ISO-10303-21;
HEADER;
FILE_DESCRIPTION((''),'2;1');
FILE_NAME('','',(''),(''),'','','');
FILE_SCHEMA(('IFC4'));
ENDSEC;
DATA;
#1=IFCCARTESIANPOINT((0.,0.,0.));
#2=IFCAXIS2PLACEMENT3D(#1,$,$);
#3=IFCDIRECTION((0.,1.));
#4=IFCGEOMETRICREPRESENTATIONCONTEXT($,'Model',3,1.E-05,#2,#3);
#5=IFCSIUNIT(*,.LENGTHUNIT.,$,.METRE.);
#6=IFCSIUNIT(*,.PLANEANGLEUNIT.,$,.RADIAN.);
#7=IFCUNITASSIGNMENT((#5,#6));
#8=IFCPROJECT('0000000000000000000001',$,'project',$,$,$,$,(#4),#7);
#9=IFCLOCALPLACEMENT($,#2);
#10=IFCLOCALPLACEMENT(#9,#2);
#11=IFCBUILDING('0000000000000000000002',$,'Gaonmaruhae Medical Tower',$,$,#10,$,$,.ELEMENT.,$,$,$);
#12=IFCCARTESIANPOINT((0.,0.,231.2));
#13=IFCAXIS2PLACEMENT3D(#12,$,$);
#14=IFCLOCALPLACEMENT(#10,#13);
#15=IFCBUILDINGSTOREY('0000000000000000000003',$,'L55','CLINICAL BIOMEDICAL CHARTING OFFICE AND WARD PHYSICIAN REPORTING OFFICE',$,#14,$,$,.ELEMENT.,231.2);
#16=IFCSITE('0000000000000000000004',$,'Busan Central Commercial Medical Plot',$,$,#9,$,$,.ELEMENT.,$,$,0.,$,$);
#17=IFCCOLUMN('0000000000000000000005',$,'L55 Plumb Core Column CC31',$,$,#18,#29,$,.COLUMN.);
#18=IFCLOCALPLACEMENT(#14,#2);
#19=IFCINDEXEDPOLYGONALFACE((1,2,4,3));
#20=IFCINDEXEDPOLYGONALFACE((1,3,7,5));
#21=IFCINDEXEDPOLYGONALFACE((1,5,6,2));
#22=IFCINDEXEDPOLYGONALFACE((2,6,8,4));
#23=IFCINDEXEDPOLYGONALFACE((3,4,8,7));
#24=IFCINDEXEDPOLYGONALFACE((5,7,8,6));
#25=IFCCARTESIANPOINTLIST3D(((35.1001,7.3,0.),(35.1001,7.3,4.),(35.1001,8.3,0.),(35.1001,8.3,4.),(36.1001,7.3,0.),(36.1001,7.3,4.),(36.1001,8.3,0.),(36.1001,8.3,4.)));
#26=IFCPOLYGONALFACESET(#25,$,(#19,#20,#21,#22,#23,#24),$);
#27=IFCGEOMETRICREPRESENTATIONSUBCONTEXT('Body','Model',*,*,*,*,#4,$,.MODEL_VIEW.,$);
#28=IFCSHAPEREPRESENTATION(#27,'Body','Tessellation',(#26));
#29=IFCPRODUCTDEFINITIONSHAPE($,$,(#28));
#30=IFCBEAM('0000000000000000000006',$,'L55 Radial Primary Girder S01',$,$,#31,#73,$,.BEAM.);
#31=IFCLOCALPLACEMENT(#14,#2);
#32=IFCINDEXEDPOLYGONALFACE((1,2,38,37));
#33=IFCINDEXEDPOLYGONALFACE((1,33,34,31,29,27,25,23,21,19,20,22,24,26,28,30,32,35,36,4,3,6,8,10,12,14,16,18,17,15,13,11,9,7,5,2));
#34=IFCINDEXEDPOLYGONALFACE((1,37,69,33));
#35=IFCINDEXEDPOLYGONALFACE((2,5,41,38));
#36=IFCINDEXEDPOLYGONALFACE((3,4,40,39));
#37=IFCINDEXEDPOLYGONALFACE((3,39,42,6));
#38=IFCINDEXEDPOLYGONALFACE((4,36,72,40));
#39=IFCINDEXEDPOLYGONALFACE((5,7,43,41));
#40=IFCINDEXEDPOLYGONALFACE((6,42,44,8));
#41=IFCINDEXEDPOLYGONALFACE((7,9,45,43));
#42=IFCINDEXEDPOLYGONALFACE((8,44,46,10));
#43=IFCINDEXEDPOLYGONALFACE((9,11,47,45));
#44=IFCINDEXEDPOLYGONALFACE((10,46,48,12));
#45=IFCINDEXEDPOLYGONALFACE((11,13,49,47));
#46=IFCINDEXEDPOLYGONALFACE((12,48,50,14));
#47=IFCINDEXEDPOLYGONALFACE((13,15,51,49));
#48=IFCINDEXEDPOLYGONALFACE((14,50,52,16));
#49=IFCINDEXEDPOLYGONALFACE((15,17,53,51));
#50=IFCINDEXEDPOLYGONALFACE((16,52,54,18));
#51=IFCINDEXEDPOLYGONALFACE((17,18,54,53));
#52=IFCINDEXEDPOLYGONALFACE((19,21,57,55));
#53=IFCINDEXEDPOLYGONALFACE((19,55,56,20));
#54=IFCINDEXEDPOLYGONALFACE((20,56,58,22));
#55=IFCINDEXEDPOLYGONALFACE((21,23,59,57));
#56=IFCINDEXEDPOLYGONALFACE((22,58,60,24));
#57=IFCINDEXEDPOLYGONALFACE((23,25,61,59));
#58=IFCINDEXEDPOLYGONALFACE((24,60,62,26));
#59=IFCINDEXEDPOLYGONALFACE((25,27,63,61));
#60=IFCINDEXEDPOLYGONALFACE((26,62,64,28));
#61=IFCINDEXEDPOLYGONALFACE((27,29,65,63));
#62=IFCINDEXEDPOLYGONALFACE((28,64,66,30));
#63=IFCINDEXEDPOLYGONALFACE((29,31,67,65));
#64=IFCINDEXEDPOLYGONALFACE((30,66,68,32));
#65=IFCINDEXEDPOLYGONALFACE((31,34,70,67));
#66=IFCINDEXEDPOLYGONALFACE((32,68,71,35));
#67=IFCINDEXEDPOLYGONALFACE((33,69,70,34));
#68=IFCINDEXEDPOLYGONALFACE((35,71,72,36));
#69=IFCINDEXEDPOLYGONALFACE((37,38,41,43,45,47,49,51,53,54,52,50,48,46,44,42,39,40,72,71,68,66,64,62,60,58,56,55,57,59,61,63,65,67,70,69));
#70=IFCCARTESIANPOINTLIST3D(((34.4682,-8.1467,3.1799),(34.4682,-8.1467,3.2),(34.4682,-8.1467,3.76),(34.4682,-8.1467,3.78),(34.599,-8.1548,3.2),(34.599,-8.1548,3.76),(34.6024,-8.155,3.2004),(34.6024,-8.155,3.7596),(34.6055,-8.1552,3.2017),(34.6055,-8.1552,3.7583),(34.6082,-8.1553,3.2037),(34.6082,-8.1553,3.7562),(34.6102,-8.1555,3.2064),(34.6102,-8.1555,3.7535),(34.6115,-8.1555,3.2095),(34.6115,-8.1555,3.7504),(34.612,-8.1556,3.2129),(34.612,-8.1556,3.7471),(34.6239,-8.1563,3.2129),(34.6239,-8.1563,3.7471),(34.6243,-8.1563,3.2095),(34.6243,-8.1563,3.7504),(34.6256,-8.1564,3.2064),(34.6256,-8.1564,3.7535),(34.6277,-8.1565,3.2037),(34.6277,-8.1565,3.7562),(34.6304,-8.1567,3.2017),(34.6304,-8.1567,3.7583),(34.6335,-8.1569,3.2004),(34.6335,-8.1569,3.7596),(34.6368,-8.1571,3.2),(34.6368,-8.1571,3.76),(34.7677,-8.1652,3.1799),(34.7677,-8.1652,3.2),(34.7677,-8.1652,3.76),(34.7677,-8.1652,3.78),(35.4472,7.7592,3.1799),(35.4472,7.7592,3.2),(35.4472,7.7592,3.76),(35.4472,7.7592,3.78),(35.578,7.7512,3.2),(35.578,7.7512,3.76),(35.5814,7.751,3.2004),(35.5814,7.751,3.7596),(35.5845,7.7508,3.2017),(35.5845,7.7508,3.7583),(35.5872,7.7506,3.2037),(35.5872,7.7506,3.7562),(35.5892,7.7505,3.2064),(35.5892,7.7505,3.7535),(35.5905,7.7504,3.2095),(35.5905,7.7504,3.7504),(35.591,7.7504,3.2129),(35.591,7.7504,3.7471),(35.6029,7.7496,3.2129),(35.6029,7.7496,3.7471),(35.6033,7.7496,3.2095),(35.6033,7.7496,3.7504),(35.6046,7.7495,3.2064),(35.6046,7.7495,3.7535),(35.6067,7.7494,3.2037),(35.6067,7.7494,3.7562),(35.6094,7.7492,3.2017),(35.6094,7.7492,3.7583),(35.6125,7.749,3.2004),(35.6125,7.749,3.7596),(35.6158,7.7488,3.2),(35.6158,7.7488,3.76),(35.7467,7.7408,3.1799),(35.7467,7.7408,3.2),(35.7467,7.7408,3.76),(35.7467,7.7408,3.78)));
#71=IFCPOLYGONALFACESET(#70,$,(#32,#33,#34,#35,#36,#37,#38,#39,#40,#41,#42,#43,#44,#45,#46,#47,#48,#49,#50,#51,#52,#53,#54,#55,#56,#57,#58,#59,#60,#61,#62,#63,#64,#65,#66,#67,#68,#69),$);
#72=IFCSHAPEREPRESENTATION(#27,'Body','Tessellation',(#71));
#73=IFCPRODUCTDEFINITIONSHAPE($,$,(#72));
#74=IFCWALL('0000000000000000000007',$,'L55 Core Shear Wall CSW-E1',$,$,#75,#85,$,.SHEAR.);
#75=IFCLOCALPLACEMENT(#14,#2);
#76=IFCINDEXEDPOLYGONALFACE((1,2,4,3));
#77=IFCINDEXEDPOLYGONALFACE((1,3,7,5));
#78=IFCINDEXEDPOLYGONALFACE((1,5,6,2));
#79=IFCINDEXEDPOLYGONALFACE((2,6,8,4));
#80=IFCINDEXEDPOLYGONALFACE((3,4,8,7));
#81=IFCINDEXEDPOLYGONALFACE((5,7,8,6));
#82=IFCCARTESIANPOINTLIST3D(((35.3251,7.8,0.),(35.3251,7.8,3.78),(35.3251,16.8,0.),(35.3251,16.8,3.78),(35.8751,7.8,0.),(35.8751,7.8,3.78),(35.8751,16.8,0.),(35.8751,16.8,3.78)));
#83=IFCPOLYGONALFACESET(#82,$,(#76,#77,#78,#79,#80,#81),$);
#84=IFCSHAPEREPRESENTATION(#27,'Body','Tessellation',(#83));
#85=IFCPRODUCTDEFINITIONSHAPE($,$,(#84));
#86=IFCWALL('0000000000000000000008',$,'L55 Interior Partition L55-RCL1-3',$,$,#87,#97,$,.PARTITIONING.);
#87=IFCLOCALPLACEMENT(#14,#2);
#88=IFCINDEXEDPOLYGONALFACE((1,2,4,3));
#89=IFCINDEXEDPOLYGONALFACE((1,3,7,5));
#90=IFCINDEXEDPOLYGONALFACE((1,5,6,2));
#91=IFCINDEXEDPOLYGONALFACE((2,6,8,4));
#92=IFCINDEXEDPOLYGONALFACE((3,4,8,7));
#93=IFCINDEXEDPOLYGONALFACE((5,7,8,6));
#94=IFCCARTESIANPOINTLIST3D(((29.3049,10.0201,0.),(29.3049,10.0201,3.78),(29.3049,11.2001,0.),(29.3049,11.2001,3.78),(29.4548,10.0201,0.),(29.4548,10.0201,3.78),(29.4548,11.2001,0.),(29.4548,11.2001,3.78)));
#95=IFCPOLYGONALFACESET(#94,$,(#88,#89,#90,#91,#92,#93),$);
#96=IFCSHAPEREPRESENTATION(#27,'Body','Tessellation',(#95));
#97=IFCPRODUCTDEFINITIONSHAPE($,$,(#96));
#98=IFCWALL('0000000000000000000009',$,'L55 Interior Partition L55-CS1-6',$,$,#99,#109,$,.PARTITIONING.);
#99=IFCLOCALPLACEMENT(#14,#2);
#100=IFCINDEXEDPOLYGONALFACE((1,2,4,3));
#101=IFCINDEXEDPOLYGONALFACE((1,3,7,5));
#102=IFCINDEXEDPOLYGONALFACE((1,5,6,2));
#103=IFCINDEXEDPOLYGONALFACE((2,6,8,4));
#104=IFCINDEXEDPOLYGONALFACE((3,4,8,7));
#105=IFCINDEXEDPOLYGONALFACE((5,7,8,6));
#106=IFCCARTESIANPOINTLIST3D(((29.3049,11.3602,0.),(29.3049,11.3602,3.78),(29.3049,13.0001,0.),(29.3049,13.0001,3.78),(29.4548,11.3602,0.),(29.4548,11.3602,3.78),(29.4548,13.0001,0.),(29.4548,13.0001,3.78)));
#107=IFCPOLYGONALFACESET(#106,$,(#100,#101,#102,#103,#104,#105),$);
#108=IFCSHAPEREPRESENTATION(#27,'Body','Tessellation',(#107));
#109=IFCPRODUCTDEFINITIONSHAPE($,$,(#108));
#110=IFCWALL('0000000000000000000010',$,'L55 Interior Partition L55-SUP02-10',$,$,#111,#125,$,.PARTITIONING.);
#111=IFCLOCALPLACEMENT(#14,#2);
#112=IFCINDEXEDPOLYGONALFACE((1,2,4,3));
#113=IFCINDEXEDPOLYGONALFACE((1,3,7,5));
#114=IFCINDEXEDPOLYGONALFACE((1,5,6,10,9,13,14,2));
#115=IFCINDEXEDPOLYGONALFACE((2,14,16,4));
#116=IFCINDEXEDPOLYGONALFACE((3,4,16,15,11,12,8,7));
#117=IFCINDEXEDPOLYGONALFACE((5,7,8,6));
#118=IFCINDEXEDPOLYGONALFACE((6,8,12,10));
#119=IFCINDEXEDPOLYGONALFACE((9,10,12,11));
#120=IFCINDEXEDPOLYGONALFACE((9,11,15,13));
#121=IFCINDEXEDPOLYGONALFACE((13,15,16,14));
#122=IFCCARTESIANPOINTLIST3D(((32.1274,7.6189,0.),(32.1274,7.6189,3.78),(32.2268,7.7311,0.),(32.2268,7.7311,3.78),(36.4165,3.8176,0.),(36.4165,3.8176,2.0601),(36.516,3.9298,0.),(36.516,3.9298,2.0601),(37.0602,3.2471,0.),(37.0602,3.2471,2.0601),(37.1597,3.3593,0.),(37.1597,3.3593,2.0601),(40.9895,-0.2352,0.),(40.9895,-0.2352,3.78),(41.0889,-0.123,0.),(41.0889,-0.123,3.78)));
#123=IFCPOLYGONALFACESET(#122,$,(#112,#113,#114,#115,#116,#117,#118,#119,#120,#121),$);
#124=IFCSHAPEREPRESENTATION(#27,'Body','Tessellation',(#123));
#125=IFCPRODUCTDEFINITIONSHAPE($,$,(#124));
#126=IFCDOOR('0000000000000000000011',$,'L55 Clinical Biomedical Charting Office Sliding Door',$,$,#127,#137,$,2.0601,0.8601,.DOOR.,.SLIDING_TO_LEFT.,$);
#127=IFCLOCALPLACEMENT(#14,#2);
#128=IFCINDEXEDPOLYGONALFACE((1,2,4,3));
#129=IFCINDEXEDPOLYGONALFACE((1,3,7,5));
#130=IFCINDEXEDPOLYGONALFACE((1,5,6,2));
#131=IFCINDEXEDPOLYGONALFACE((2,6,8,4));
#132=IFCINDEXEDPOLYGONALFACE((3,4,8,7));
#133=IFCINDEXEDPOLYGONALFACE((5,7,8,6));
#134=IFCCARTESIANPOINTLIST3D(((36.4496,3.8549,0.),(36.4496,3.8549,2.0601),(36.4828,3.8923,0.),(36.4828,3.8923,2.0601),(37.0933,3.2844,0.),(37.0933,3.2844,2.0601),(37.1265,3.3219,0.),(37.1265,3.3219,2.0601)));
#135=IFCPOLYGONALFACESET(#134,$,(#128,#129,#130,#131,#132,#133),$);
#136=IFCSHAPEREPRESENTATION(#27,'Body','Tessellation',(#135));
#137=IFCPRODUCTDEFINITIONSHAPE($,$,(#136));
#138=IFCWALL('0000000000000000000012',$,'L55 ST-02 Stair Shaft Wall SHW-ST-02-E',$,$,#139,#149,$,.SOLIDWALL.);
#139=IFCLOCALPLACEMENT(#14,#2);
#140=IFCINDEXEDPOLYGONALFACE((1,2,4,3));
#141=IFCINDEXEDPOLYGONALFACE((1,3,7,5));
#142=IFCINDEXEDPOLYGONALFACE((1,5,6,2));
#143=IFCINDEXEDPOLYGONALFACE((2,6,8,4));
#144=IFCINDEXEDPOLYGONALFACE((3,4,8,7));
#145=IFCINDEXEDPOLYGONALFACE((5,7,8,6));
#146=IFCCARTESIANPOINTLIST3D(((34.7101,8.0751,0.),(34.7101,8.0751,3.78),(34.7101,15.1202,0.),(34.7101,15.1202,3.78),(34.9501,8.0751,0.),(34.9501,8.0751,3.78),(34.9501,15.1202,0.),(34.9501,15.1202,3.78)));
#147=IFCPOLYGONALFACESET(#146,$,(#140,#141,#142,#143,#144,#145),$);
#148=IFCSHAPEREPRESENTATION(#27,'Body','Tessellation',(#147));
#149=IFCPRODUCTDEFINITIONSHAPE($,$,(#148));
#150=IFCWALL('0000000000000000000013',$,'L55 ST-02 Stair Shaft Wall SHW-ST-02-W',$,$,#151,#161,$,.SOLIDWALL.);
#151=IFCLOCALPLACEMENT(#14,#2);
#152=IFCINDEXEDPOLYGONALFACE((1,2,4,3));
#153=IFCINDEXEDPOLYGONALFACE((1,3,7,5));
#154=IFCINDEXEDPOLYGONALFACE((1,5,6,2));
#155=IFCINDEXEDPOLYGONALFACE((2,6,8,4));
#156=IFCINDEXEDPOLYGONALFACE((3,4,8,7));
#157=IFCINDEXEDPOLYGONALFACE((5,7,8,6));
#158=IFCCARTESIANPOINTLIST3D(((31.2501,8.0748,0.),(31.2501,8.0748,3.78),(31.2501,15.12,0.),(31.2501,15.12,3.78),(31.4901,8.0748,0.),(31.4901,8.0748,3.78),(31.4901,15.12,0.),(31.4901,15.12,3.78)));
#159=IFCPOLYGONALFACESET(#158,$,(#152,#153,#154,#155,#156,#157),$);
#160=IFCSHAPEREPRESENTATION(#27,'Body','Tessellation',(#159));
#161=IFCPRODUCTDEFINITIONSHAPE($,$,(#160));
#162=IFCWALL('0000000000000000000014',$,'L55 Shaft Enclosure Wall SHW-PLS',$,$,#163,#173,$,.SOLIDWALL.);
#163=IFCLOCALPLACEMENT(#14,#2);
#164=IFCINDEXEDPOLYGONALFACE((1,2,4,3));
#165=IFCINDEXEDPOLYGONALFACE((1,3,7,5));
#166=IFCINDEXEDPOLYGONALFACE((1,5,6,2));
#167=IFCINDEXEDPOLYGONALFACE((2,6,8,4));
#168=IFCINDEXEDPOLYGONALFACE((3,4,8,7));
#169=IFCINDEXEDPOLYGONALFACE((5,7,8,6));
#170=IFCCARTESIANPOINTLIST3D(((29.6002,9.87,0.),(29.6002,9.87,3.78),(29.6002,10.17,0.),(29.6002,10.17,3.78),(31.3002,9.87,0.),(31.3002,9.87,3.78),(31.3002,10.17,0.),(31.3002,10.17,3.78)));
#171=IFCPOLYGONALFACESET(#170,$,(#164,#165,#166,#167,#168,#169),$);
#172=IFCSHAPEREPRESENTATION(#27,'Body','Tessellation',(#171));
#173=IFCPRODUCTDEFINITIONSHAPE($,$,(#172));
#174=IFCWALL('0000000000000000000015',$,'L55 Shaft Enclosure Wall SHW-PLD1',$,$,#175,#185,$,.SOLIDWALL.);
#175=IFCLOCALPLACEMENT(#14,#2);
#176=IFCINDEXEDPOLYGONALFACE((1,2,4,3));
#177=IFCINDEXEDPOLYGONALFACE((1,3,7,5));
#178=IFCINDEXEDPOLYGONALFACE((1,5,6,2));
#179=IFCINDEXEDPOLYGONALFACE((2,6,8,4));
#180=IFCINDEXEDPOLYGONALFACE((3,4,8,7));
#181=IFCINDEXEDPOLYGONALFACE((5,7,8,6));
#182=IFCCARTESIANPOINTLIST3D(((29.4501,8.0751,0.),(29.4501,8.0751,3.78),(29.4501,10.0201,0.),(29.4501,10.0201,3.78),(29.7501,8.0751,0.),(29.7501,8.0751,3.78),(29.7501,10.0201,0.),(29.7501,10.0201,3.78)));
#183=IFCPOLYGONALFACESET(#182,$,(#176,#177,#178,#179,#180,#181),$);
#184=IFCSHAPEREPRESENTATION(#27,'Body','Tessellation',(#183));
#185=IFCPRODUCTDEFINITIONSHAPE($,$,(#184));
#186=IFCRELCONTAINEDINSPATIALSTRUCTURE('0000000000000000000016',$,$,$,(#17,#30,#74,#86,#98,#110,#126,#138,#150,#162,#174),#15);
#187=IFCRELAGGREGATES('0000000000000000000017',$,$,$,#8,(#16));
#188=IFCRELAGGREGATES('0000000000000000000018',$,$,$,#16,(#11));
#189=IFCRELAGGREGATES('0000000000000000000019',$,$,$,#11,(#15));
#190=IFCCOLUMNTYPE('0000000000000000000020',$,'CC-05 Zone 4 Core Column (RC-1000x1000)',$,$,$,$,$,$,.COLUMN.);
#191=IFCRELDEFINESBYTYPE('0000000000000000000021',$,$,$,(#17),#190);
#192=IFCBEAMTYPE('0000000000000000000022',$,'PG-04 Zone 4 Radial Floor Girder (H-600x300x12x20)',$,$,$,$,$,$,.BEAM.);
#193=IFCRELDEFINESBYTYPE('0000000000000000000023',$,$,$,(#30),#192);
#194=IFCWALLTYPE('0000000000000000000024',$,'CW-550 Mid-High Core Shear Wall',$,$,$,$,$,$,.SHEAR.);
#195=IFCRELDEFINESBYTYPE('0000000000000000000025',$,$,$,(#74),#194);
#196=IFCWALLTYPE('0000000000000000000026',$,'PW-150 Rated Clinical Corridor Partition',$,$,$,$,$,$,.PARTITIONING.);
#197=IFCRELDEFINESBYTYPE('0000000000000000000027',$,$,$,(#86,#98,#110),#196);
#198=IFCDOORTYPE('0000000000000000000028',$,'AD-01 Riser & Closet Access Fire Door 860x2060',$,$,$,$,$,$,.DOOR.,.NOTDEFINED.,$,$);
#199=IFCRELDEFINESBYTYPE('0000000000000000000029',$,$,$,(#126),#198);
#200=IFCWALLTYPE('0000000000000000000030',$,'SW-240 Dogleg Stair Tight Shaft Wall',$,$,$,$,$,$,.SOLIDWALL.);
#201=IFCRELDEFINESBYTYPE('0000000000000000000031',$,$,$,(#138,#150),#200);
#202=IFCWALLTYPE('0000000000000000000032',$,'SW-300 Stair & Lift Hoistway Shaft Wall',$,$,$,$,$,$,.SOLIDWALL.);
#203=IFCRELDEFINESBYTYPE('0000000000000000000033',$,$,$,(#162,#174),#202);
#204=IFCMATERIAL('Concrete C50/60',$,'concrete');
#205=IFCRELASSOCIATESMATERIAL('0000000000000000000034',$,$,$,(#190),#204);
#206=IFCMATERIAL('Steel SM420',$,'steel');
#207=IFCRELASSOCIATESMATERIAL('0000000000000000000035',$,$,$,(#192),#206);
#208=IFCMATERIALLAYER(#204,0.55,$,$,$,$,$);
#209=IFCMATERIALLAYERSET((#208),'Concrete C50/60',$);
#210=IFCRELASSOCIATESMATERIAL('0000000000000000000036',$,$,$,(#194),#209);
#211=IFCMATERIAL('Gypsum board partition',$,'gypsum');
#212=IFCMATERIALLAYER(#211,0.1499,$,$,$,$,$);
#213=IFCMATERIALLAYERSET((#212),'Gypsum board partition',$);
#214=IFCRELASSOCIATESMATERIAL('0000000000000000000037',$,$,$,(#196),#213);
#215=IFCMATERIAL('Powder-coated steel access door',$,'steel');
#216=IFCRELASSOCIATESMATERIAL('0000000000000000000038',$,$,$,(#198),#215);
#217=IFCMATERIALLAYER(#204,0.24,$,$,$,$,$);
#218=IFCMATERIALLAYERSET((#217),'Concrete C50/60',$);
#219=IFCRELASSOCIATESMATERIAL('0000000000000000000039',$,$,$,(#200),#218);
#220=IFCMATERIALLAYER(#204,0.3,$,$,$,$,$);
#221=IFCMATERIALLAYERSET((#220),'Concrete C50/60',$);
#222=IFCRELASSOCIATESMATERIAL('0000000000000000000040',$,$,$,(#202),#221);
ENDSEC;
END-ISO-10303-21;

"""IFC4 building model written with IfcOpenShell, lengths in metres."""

from ifc_helpers import new_model, si_unit, direction, frame, frame_2d, origin, origin_2d, place, context, subcontext, project, spatial, rectangle, i_section, extrude, material, layer, layer_set, material_profile, profile_set, type_object, element, fill, save


model = new_model("IFC4")

# Units and contexts
model_context = context("Model", 3, precision=1e-05, world=origin(), true_north=direction((0.0, 1.0)))
body_context = subcontext(model_context, "Body", "Model", "MODEL_VIEW")
ifc_project = project(units=[si_unit("LENGTHUNIT", "METRE"), si_unit("PLANEANGLEUNIT", "RADIAN")], contexts=[model_context])

# Site, building, storey
site_placement = place(None, origin())
site = spatial("IfcSite", under=ifc_project, at=site_placement, Name="Busan Central Commercial Medical Plot", CompositionType="ELEMENT", RefElevation=0.0)
building_placement = place(site_placement, origin())
building = spatial("IfcBuilding", under=site, at=building_placement, Name="Gaonmaruhae Medical Tower", CompositionType="ELEMENT")
storey_placement = place(building_placement, frame((0.0, 0.0, 231.2)))
storey = spatial("IfcBuildingStorey", under=building, at=storey_placement, Name="L55", Description="CLINICAL BIOMEDICAL CHARTING OFFICE AND WARD PHYSICIAN REPORTING OFFICE", CompositionType="ELEMENT", Elevation=231.2)

# Column
ifc_material_1 = material(Name="Concrete C50/60", Category="concrete")
ifc_material_profile_1 = material_profile(ifc_material_1, rectangle(XDim=1.0, YDim=1.0, at=origin_2d()), Name="RC-1000x1000")
ifc_profile_set_1 = profile_set([ifc_material_profile_1], Name="Concrete C50/60")
column_type = type_object("IfcColumnType", Name="CC-05 Zone 4 Core Column (RC-1000x1000)", PredefinedType="COLUMN", material=ifc_profile_set_1)
column_placement = place(storey_placement, frame((35.6001, 7.8, 0.0), z_axis=(0.0, 0.0, 1.0), x_axis=(1.0, 0.0, 0.0)))
element("IfcColumn", 1, at=column_placement, inside=storey, type_object=column_type, Name="L55 Plumb Core Column CC31", PredefinedType="COLUMN", context=body_context, shape_type="SweptSolid", body=[
    extrude(rectangle(XDim=1.0, YDim=1.0, at=origin_2d()), origin(), (0.0, 0.0, 1.0), 4.0),
])

# Beam
ifc_material_2 = material(Name="Steel SM420", Category="steel")
ifc_material_profile_2 = material_profile(ifc_material_2, i_section(OverallWidth=0.3, OverallDepth=0.6001, WebThickness=0.012, FlangeThickness=0.02, FilletRadius=0.0129, at=origin_2d()), Name="H-600x300x12x20")
ifc_profile_set_2 = profile_set([ifc_material_profile_2], Name="Steel SM420")
beam_type = type_object("IfcBeamType", Name="PG-04 Zone 4 Radial Floor Girder (H-600x300x12x20)", PredefinedType="BEAM", material=ifc_profile_set_2)
beam_placement = place(storey_placement, frame((35.5969, 7.75, 3.48), z_axis=(-0.061433, -0.998111, 0.0), x_axis=(0.998111, -0.061433, 0.0)))
element("IfcBeam", 2, at=beam_placement, inside=storey, type_object=beam_type, Name="L55 Radial Primary Girder S01", PredefinedType="BEAM", context=body_context, shape_type="SweptSolid", body=[
    extrude(i_section(OverallWidth=0.3, OverallDepth=0.6001, WebThickness=0.012, FlangeThickness=0.02, FilletRadius=0.0129, at=origin_2d()), origin(), (0.0, 0.0, 1.0), 15.936),
])

# Walls
ifc_layer_1 = layer(ifc_material_1, 0.55)
ifc_layer_set_1 = layer_set([ifc_layer_1], Name="Concrete C50/60")
wall_type_1 = type_object("IfcWallType", Name="CW-550 Mid-High Core Shear Wall", PredefinedType="SHEAR", material=ifc_layer_set_1)
wall_1_placement = place(storey_placement, frame((35.6001, 7.8, 0.0), z_axis=(0.0, 0.0, 1.0), x_axis=(0.0, 1.0, 0.0)))
element("IfcWall", 3, at=wall_1_placement, inside=storey, type_object=wall_type_1, Name="L55 Core Shear Wall CSW-E1", PredefinedType="SHEAR", context=body_context, shape_type="SweptSolid", body=[
    extrude(rectangle(XDim=9.0, YDim=0.55, at=frame_2d((4.5, 0.0))), origin(), (0.0, 0.0, 1.0), 3.78),
])
ifc_material_3 = material(Name="Gypsum board partition", Category="gypsum")
ifc_layer_2 = layer(ifc_material_3, 0.1499)
ifc_layer_set_2 = layer_set([ifc_layer_2], Name="Gypsum board partition")
wall_type_2 = type_object("IfcWallType", Name="PW-150 Rated Clinical Corridor Partition", PredefinedType="PARTITIONING", material=ifc_layer_set_2)
wall_2_placement = place(storey_placement, frame((29.3799, 11.2, 0.0), z_axis=(0.0, 0.0, 1.0), x_axis=(0.0, -1.0, 0.0)))
element("IfcWall", 4, at=wall_2_placement, inside=storey, type_object=wall_type_2, Name="L55 Interior Partition L55-RCL1-3", PredefinedType="PARTITIONING", context=body_context, shape_type="SweptSolid", body=[
    extrude(rectangle(XDim=1.1799, YDim=0.1499, at=frame_2d((0.5898, 0.0))), origin(), (0.0, 0.0, 1.0), 3.78),
])
wall_3_placement = place(storey_placement, frame((29.3799, 13.0, 0.0), z_axis=(0.0, 0.0, 1.0), x_axis=(0.0, -1.0, 0.0)))
element("IfcWall", 5, at=wall_3_placement, inside=storey, type_object=wall_type_2, Name="L55 Interior Partition L55-CS1-6", PredefinedType="PARTITIONING", context=body_context, shape_type="SweptSolid", body=[
    extrude(rectangle(XDim=1.6399, YDim=0.1499, at=frame_2d((0.8198, 0.0))), origin(), (0.0, 0.0, 1.0), 3.78),
])

# Wall, opening, door
wall_4_placement = place(storey_placement, frame((32.177, 7.675, 0.0), z_axis=(0.0, 0.0, 1.0), x_axis=(0.748389, -0.66326, 0.0)))
wall_4 = element("IfcWall", 6, at=wall_4_placement, inside=storey, type_object=wall_type_2, Name="L55 Interior Partition L55-SUP02-10", PredefinedType="PARTITIONING", context=body_context, shape_type="SweptSolid", body=[
    extrude(rectangle(XDim=11.8416, YDim=0.1499, at=frame_2d((5.9209, 0.0))), origin(), (0.0, 0.0, 1.0), 3.78),
])
opening_1_placement = place(wall_4_placement, frame((5.7312, 0.0, 0.0)))
opening_1 = element("IfcOpeningElement", 7, at=opening_1_placement, cuts=wall_4, PredefinedType="OPENING", context=body_context, shape_type="SweptSolid", body=[
    extrude(rectangle(XDim=0.8601, YDim=2.0601, at=frame_2d((0.4302, 1.03))), frame((0.0, 0.085, 0.0), z_axis=(0.0, -1.0, 0.0), x_axis=(1.0, 0.0, 0.0)), (0.0, 0.0, 1.0), 0.1699),
])
ifc_material_4 = material(Name="Powder-coated steel access door", Category="steel")
door_type_1 = type_object("IfcDoorType", Name="AD-01 Riser & Closet Access Fire Door 860x2060", OperationType="NOTDEFINED", PredefinedType="DOOR", material=ifc_material_4)
door_1_placement = place(opening_1_placement, origin())
door_1 = element("IfcDoor", 8, at=door_1_placement, inside=storey, type_object=door_type_1, Name="L55 Clinical Biomedical Charting Office Sliding Door", OperationType="SLIDING_TO_LEFT", OverallHeight=2.0601, OverallWidth=0.8601, PredefinedType="DOOR", context=body_context, shape_type="SweptSolid", body=[
    extrude(rectangle(XDim=0.8601, YDim=2.0601, at=frame_2d((0.4302, 1.03))), frame((0.0, 0.0249, 0.0), z_axis=(0.0, -1.0, 0.0), x_axis=(1.0, 0.0, 0.0)), (0.0, 0.0, 1.0), 0.05),
])
fill(opening_1, door_1)
ifc_layer_3 = layer(ifc_material_1, 0.24)
ifc_layer_set_3 = layer_set([ifc_layer_3], Name="Concrete C50/60")
wall_type_3 = type_object("IfcWallType", Name="SW-240 Dogleg Stair Tight Shaft Wall", PredefinedType="SOLIDWALL", material=ifc_layer_set_3)

# Walls
for number, where, z_axis, x_axis, name in (
    (9, (34.8301, 15.1201, 0.0), (0.0, 0.0, 1.0), (0.0, -1.0, 0.0), "L55 ST-02 Stair Shaft Wall SHW-ST-02-E"),
    (10, (31.3701, 8.075, 0.0), (0.0, 0.0, 1.0), (0.0, 1.0, 0.0), "L55 ST-02 Stair Shaft Wall SHW-ST-02-W"),
):
    element("IfcWall", number, at=place(storey_placement, frame(where, z_axis=z_axis, x_axis=x_axis)), inside=storey, type_object=wall_type_3, Name=name, PredefinedType="SOLIDWALL", context=body_context, shape_type="SweptSolid", body=[
        extrude(rectangle(XDim=7.0452, YDim=0.24, at=frame_2d((3.5225, 0.0))), origin(), (0.0, 0.0, 1.0), 3.78),
    ])
ifc_layer_4 = layer(ifc_material_1, 0.3)
ifc_layer_set_4 = layer_set([ifc_layer_4], Name="Concrete C50/60")
wall_type_4 = type_object("IfcWallType", Name="SW-300 Stair & Lift Hoistway Shaft Wall", PredefinedType="SOLIDWALL", material=ifc_layer_set_4)
wall_5_placement = place(storey_placement, frame((29.6001, 10.02, 0.0), z_axis=(0.0, 0.0, 1.0), x_axis=(1.0, 0.0, 0.0)))
element("IfcWall", 11, at=wall_5_placement, inside=storey, type_object=wall_type_4, Name="L55 Shaft Enclosure Wall SHW-PLS", PredefinedType="SOLIDWALL", context=body_context, shape_type="SweptSolid", body=[
    extrude(rectangle(XDim=1.7, YDim=0.3, at=frame_2d((0.8501, 0.0))), origin(), (0.0, 0.0, 1.0), 3.78),
])
wall_6_placement = place(storey_placement, frame((29.6001, 8.075, 0.0), z_axis=(0.0, 0.0, 1.0), x_axis=(0.0, 1.0, 0.0)))
element("IfcWall", 12, at=wall_6_placement, inside=storey, type_object=wall_type_4, Name="L55 Shaft Enclosure Wall SHW-PLD1", PredefinedType="SOLIDWALL", context=body_context, shape_type="SweptSolid", body=[
    extrude(rectangle(XDim=1.9451, YDim=0.3, at=frame_2d((0.9727, 0.0))), origin(), (0.0, 0.0, 1.0), 3.78),
])

save(model, "model.ifc")
